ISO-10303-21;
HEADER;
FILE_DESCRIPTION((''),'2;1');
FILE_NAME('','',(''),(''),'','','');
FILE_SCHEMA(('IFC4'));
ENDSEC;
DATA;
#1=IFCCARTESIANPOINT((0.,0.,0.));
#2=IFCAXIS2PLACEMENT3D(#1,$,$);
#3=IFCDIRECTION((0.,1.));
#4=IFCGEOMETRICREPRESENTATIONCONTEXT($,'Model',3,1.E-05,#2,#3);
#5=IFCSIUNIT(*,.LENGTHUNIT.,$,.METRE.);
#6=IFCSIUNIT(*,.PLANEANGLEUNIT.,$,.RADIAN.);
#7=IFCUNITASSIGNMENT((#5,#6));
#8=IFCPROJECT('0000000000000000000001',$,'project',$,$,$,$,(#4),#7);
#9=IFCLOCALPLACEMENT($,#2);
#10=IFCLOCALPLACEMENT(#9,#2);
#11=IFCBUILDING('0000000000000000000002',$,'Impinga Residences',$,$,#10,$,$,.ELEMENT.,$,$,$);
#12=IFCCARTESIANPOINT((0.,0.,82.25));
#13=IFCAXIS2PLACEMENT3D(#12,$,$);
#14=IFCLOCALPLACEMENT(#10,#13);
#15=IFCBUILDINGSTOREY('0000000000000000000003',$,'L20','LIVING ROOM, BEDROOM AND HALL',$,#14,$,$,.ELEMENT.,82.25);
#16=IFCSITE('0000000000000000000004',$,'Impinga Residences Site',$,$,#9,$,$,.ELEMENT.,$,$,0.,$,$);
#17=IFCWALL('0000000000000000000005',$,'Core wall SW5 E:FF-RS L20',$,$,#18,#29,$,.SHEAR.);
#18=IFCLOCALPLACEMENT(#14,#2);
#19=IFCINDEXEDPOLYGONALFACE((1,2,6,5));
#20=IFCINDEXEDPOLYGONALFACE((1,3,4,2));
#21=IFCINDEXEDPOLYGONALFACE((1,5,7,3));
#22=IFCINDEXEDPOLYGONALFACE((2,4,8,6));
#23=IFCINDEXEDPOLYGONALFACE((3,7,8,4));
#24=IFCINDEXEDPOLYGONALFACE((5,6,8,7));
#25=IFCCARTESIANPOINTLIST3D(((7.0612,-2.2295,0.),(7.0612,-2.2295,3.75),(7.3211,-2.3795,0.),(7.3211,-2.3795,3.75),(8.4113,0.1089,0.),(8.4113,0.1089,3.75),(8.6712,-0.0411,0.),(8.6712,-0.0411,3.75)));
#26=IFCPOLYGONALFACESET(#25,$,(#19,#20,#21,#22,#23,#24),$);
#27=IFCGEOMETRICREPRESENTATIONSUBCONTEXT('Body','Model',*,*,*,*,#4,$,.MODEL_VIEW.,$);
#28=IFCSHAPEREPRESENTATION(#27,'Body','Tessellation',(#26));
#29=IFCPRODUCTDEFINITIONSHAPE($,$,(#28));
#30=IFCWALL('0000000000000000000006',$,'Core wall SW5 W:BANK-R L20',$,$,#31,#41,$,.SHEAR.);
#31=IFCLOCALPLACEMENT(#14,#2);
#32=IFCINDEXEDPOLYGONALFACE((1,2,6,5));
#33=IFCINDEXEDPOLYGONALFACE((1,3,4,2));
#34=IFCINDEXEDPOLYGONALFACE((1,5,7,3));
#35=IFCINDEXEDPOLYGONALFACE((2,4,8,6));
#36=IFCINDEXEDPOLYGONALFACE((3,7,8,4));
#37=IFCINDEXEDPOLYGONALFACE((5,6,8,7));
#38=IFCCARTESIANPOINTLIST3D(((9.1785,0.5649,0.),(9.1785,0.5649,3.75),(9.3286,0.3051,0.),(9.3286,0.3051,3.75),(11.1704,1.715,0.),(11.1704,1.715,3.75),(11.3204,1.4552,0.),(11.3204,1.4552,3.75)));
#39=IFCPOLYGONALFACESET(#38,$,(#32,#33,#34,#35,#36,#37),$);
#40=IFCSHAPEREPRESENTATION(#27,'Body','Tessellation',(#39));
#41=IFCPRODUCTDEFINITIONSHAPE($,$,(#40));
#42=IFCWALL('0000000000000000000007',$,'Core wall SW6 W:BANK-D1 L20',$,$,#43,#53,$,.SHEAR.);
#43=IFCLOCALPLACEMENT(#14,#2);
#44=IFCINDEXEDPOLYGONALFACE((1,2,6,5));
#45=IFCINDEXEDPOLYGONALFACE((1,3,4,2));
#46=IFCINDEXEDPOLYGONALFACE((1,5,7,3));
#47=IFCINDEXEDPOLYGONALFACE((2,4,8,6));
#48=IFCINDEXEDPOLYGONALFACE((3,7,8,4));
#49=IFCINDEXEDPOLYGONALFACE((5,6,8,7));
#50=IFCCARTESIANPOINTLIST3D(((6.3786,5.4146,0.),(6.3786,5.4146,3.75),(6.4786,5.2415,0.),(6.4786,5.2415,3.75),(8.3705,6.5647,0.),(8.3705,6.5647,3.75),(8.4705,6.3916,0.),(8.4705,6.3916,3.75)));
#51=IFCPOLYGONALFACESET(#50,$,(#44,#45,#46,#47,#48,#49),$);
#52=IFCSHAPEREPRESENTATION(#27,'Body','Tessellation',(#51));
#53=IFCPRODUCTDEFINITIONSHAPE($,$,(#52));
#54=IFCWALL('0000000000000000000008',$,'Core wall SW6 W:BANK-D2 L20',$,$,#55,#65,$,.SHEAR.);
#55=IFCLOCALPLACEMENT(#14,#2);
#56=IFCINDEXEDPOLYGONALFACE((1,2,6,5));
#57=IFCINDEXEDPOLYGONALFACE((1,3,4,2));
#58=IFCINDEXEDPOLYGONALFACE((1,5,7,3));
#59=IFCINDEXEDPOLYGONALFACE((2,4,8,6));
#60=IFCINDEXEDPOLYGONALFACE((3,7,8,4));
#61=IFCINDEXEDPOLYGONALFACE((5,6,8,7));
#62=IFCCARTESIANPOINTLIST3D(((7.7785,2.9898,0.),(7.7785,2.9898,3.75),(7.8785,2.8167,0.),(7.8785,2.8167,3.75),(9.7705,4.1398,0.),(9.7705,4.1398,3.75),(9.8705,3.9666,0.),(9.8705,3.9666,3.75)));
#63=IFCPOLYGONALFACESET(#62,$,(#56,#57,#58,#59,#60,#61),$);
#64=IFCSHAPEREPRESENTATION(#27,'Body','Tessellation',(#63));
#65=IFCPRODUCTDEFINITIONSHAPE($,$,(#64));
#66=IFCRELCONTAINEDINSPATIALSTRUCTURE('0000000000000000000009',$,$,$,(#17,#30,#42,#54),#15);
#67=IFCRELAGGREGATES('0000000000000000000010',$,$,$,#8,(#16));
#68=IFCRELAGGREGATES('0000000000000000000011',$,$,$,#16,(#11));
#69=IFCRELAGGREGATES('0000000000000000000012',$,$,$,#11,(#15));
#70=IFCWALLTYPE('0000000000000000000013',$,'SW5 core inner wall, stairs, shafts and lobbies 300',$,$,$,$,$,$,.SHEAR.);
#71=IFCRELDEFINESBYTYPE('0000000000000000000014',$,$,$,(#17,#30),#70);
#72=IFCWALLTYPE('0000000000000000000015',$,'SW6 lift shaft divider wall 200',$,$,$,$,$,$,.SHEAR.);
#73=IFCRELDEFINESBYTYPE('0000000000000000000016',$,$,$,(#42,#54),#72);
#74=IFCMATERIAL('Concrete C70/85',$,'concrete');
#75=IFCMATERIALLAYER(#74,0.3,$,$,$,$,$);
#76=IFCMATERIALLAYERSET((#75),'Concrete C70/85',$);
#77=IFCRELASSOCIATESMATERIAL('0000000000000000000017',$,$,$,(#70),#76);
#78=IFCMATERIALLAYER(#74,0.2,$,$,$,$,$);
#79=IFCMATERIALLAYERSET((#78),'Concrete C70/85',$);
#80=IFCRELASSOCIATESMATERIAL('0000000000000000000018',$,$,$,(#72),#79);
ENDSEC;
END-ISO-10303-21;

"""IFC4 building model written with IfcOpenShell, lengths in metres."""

from ifc_helpers import new_model, si_unit, direction, frame, frame_2d, origin, place, context, subcontext, project, spatial, rectangle, extrude, material, layer, layer_set, type_object, element, save


model = new_model("IFC4")

# Units and contexts
model_context = context("Model", 3, precision=1e-05, world=origin(), true_north=direction((0.0, 1.0)))
body_context = subcontext(model_context, "Body", "Model", "MODEL_VIEW")
ifc_project = project(units=[si_unit("LENGTHUNIT", "METRE"), si_unit("PLANEANGLEUNIT", "RADIAN")], contexts=[model_context])

# Site, building, storey
site_placement = place(None, origin())
site = spatial("IfcSite", under=ifc_project, at=site_placement, Name="Impinga Residences Site", CompositionType="ELEMENT", RefElevation=0.0)
building_placement = place(site_placement, origin())
building = spatial("IfcBuilding", under=site, at=building_placement, Name="Impinga Residences", CompositionType="ELEMENT")
storey_placement = place(building_placement, frame((0.0, 0.0, 82.25)))
storey = spatial("IfcBuildingStorey", under=building, at=storey_placement, Name="L20", Description="LIVING ROOM, BEDROOM AND HALL", CompositionType="ELEMENT", Elevation=82.25)

# Shared definitions
ifc_material_1 = material(Name="Concrete C70/85", Category="concrete")

# Walls
ifc_layer_1 = layer(ifc_material_1, 0.3)
ifc_layer_set_1 = layer_set([ifc_layer_1], Name="Concrete C70/85")
wall_type_1 = type_object("IfcWallType", Name="SW5 core inner wall, stairs, shafts and lobbies 300", PredefinedType="SHEAR", material=ifc_layer_set_1)
wall_1_placement = place(storey_placement, frame((8.5413, 0.0339, 0.0), z_axis=(0.0, 0.0, 1.0), x_axis=(-0.500009, -0.86602, 0.0)))
element("IfcWall", 1, at=wall_1_placement, inside=storey, type_object=wall_type_1, Name="Core wall SW5 E:FF-RS L20", PredefinedType="SHEAR", context=body_context, shape_type="SweptSolid", body=[
    extrude(rectangle(XDim=2.7002, YDim=0.3, at=frame_2d((1.3501, 0.0))), origin(), (0.0, 0.0, 1.0), 3.75),
])
wall_2_placement = place(storey_placement, frame((9.2537, 0.4351, 0.0), z_axis=(0.0, 0.0, 1.0), x_axis=(0.866007, 0.500032, 0.0)))
element("IfcWall", 2, at=wall_2_placement, inside=storey, type_object=wall_type_1, Name="Core wall SW5 W:BANK-R L20", PredefinedType="SHEAR", context=body_context, shape_type="SweptSolid", body=[
    extrude(rectangle(XDim=2.3, YDim=0.3, at=frame_2d((1.1499, 0.0))), origin(), (0.0, 0.0, 1.0), 3.75),
])
ifc_layer_2 = layer(ifc_material_1, 0.2)
ifc_layer_set_2 = layer_set([ifc_layer_2], Name="Concrete C70/85")
wall_type_2 = type_object("IfcWallType", Name="SW6 lift shaft divider wall 200", PredefinedType="SHEAR", material=ifc_layer_set_2)
for number, where, z_axis, x_axis, name in (
    (3, (6.4287, 5.3281, 0.0), (0.0, 0.0, 1.0), (0.866007, 0.500032, 0.0), "Core wall SW6 W:BANK-D1 L20"),
    (4, (7.8286, 2.9033, 0.0), (0.0, 0.0, 1.0), (0.866053, 0.499952, 0.0), "Core wall SW6 W:BANK-D2 L20"),
):
    element("IfcWall", number, at=place(storey_placement, frame(where, z_axis=z_axis, x_axis=x_axis)), inside=storey, type_object=wall_type_2, Name=name, PredefinedType="SHEAR", context=body_context, shape_type="SweptSolid", body=[
        extrude(rectangle(XDim=2.3, YDim=0.2, at=frame_2d((1.1499, 0.0))), origin(), (0.0, 0.0, 1.0), 3.75),
    ])

save(model, "model.ifc")
